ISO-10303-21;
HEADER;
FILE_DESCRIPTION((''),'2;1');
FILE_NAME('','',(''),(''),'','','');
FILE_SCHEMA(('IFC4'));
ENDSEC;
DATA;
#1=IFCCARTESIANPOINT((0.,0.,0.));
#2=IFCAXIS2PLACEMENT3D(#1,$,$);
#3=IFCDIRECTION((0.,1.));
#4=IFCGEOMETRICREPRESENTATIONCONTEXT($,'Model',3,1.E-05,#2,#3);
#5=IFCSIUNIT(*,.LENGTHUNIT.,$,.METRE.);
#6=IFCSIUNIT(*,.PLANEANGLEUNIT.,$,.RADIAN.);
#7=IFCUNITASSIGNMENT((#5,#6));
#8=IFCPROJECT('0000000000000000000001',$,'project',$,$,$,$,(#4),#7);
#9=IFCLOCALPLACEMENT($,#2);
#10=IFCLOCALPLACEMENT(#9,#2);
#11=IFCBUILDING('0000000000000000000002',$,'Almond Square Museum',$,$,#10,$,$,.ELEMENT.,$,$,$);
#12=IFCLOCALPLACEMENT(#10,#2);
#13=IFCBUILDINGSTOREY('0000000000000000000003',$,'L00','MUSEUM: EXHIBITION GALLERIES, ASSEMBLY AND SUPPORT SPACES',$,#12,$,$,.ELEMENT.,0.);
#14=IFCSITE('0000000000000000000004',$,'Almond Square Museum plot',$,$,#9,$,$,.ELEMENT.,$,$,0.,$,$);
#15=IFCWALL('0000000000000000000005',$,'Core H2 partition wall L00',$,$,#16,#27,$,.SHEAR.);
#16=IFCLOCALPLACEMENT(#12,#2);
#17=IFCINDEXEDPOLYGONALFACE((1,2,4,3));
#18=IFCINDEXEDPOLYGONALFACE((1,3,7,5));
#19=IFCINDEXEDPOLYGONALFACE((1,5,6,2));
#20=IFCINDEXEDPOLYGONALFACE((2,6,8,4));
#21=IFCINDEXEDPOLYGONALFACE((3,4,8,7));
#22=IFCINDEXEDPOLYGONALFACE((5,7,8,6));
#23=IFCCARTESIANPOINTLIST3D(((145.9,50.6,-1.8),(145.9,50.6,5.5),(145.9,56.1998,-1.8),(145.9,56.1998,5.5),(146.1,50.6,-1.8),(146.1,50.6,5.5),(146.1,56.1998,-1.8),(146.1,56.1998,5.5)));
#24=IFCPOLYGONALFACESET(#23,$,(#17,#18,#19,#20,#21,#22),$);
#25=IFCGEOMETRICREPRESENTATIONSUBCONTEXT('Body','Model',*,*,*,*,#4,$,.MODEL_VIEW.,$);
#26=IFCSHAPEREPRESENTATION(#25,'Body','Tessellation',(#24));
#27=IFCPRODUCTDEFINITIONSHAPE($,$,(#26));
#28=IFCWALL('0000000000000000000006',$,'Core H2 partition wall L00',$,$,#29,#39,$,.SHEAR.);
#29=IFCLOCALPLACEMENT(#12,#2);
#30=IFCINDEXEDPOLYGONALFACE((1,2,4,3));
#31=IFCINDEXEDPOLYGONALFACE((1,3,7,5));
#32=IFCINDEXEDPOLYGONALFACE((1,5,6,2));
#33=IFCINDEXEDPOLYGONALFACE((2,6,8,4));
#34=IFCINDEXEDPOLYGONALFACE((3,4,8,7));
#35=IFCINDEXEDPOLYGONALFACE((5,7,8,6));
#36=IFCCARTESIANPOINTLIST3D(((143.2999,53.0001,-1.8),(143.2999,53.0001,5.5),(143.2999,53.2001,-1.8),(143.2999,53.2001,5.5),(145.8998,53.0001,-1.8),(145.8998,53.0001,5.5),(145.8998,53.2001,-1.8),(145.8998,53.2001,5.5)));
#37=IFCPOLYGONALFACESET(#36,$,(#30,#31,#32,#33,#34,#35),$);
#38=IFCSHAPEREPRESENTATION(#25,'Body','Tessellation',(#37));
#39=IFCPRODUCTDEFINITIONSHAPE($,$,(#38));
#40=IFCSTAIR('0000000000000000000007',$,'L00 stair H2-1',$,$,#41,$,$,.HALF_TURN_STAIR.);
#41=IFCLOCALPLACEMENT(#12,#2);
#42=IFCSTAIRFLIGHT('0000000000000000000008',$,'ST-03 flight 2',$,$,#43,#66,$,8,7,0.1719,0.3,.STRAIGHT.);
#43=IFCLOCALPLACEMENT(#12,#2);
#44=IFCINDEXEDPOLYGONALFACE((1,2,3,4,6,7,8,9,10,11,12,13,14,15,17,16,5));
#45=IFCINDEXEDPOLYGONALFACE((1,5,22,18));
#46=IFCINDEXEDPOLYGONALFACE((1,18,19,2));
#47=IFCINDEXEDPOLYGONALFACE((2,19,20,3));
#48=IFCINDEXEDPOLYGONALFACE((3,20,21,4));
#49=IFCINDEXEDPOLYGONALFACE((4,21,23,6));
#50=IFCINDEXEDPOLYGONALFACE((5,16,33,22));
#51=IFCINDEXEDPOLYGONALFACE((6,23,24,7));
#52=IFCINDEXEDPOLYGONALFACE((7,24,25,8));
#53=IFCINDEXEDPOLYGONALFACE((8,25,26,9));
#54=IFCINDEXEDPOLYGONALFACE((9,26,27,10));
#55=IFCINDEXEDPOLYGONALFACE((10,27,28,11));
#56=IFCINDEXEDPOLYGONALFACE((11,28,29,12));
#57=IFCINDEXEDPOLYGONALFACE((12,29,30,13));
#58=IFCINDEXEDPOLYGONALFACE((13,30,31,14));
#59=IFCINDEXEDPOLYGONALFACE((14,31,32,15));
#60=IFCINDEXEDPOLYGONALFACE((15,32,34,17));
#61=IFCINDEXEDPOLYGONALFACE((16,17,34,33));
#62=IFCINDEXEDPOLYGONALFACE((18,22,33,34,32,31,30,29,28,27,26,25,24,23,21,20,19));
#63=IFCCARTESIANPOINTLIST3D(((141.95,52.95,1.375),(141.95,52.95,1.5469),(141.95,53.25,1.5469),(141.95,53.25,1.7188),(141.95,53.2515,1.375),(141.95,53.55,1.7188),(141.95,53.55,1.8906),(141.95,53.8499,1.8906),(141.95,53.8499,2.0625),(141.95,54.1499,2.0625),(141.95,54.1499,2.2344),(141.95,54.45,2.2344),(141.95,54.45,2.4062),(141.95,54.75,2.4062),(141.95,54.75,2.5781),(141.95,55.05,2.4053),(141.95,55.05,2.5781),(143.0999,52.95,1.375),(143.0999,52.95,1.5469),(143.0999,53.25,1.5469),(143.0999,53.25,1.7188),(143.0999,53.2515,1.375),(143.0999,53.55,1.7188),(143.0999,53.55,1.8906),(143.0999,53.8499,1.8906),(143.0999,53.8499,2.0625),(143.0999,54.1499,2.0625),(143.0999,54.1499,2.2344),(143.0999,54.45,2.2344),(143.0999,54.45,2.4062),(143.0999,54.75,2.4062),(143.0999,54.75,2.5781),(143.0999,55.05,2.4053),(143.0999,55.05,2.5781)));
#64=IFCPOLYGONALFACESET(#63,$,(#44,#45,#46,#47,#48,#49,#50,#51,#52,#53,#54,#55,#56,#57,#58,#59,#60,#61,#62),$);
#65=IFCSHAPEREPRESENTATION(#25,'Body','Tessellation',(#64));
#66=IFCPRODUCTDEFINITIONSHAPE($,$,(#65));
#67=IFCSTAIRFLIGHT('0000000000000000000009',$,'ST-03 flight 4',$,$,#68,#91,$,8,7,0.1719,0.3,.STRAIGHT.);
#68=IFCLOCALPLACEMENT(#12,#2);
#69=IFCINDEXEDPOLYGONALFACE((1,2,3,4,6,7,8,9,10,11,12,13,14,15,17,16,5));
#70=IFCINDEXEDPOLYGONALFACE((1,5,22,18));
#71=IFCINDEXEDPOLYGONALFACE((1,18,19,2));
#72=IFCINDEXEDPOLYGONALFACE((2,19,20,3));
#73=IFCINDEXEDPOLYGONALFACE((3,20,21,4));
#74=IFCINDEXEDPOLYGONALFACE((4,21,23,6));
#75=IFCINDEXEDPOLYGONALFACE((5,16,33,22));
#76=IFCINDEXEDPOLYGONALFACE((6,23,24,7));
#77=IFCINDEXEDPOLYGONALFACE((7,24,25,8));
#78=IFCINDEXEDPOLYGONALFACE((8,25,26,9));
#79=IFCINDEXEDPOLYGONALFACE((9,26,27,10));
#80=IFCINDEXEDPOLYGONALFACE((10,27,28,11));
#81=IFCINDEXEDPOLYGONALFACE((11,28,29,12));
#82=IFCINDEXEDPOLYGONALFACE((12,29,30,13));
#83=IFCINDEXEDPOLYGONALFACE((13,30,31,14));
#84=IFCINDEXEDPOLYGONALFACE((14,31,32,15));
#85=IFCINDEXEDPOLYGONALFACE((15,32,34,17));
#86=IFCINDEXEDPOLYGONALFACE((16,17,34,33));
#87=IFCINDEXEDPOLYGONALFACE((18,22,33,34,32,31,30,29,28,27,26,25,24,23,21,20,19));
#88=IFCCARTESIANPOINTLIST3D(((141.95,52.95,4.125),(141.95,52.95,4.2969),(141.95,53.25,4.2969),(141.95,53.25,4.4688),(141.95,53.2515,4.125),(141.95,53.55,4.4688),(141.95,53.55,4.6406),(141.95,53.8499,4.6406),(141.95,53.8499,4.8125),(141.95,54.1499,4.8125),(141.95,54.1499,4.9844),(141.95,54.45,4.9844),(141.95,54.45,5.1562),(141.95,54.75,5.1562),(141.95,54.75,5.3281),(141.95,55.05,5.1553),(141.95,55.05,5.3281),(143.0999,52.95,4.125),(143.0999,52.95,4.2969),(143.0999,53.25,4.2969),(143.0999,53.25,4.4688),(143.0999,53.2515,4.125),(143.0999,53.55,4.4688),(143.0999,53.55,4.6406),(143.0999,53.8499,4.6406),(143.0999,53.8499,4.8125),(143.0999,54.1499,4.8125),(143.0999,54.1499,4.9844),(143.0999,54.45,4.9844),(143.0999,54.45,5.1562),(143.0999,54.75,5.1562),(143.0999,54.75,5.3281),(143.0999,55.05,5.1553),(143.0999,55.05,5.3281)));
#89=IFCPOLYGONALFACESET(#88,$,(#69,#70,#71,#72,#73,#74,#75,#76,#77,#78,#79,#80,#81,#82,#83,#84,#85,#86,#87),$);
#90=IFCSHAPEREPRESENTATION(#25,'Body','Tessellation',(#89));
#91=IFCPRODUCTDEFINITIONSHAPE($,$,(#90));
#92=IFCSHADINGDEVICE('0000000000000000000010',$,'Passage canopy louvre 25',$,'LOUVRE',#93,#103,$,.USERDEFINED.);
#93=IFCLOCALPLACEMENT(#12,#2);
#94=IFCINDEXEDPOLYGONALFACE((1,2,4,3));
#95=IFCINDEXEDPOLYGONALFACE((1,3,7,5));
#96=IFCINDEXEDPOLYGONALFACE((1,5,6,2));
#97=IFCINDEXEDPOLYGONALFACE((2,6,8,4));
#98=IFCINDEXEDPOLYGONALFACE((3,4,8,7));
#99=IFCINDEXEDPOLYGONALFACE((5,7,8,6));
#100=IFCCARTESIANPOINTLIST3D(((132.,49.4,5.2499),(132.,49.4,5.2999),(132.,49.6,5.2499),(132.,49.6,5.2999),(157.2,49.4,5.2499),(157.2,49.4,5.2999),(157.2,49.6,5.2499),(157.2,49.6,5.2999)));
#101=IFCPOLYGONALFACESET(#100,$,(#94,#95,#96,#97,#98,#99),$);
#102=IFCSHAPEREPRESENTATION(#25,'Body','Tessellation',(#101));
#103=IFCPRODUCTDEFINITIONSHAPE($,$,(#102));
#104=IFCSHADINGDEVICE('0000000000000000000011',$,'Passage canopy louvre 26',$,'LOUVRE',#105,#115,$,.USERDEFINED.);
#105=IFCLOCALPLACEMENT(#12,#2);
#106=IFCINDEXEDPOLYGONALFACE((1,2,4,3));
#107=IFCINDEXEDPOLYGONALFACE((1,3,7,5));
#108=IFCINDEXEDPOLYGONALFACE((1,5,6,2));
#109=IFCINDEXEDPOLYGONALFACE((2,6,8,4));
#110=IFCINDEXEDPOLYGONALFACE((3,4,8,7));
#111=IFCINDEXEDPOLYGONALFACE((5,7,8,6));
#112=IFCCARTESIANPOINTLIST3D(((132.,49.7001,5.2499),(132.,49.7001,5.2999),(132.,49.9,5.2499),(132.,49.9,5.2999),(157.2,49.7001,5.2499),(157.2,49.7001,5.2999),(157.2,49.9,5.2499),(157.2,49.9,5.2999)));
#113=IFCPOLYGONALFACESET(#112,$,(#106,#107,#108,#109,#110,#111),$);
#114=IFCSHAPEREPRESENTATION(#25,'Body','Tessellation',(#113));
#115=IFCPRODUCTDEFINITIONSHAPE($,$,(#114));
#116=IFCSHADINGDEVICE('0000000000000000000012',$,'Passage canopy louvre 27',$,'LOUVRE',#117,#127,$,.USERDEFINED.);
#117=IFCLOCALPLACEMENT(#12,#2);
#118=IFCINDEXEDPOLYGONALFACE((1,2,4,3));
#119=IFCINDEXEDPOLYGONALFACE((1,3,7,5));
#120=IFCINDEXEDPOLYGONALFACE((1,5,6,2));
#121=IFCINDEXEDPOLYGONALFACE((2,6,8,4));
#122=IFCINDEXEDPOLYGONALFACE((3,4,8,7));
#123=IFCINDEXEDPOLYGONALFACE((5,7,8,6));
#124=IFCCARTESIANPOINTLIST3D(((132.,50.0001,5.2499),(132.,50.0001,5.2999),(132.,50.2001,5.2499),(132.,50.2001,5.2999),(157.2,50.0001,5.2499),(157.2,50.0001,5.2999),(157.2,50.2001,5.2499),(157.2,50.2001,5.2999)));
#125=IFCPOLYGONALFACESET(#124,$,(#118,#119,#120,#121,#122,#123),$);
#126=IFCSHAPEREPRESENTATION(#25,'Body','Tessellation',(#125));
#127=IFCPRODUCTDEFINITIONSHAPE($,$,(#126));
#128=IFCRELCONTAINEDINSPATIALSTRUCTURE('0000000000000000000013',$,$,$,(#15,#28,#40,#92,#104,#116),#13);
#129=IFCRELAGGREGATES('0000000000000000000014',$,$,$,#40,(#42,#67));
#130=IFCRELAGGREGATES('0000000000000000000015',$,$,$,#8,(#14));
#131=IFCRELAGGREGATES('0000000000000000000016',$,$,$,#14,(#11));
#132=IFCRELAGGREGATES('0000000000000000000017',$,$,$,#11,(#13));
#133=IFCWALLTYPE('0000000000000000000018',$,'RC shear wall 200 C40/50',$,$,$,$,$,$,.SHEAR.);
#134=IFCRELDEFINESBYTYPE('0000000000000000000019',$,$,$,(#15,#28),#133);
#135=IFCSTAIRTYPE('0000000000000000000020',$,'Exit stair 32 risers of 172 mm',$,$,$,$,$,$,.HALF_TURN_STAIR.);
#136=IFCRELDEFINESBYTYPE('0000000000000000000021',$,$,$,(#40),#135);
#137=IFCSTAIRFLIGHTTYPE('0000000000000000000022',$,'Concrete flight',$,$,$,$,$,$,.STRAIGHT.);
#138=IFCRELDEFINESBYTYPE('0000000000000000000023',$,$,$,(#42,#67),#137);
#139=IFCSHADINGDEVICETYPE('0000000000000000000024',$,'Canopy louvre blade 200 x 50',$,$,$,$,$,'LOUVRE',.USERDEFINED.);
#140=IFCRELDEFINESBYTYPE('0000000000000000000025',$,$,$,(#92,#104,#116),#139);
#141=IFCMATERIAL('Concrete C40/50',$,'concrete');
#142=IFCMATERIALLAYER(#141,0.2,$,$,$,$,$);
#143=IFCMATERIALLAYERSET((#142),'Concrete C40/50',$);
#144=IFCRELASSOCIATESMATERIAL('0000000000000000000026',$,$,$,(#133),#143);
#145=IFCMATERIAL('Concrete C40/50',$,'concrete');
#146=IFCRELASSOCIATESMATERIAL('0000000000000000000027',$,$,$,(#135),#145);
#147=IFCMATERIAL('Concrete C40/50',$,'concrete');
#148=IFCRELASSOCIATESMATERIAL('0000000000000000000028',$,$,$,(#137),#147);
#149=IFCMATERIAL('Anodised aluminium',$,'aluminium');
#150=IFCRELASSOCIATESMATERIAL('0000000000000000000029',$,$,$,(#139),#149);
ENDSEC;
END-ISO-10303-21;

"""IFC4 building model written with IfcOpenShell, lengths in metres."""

from ifc_helpers import new_model, si_unit, direction, frame, frame_2d, origin, origin_2d, place, context, subcontext, project, spatial, polyline, rectangle, outline, extrude, material, layer, layer_set, material_profile, profile_set, type_object, element, aggregate, save


model = new_model("IFC4")

# Units and contexts
model_context = context("Model", 3, precision=1e-05, world=origin(), true_north=direction((0.0, 1.0)))
body_context = subcontext(model_context, "Body", "Model", "MODEL_VIEW")
ifc_project = project(units=[si_unit("LENGTHUNIT", "METRE"), si_unit("PLANEANGLEUNIT", "RADIAN")], contexts=[model_context])

# Site, building, storey
site_placement = place(None, origin())
site = spatial("IfcSite", under=ifc_project, at=site_placement, Name="Almond Square Museum plot", CompositionType="ELEMENT", RefElevation=0.0)
building_placement = place(site_placement, origin())
building = spatial("IfcBuilding", under=site, at=building_placement, Name="Almond Square Museum", CompositionType="ELEMENT")
storey_placement = place(building_placement, origin())
storey = spatial("IfcBuildingStorey", under=building, at=storey_placement, Name="L00", Description="MUSEUM: EXHIBITION GALLERIES, ASSEMBLY AND SUPPORT SPACES", CompositionType="ELEMENT", Elevation=0.0)

# Walls
ifc_material_1 = material(Name="Concrete C40/50", Category="concrete")
ifc_layer_1 = layer(ifc_material_1, 0.2)
ifc_layer_set_1 = layer_set([ifc_layer_1], Name="Concrete C40/50")
wall_type_1 = type_object("IfcWallType", Name="RC shear wall 200 C40/50", PredefinedType="SHEAR", material=ifc_layer_set_1)
for number, where, z_axis, x_axis, name in (
    (1, (146.0, 50.6001, -1.8), (0.0, 0.0, 1.0), (0.0, 1.0, 0.0), "Core H2 partition wall L00"),
):
    element("IfcWall", number, at=place(storey_placement, frame(where, z_axis=z_axis, x_axis=x_axis)), inside=storey, type_object=wall_type_1, Name=name, PredefinedType="SHEAR", context=body_context, shape_type="SweptSolid", body=[
        extrude(rectangle(XDim=5.5999, YDim=0.2, at=frame_2d((2.7998, 0.0))), origin(), (0.0, 0.0, 1.0), 7.3),
    ])
wall_1_placement = place(storey_placement, frame((143.3, 53.1001, -1.8), z_axis=(0.0, 0.0, 1.0), x_axis=(1.0, 0.0, 0.0)))
element("IfcWall", 2, at=wall_1_placement, inside=storey, type_object=wall_type_1, Name="Core H2 partition wall L00", PredefinedType="SHEAR", context=body_context, shape_type="SweptSolid", body=[
    extrude(rectangle(XDim=2.5999, YDim=0.2, at=frame_2d((1.2998, 0.0))), origin(), (0.0, 0.0, 1.0), 7.3),
])

# Stair, stair flights
ifc_material_2 = material(Name="Concrete C40/50", Category="concrete")
stair_type = type_object("IfcStairType", Name="Exit stair 32 risers of 172 mm", PredefinedType="HALF_TURN_STAIR", material=ifc_material_2)
stair_placement = place(storey_placement, origin())
stair = element("IfcStair", 3, at=stair_placement, inside=storey, type_object=stair_type, Name="L00 stair H2-1", PredefinedType="HALF_TURN_STAIR")
ifc_material_3 = material(Name="Concrete C40/50", Category="concrete")
stair_flight_type = type_object("IfcStairFlightType", Name="Concrete flight", PredefinedType="STRAIGHT", material=ifc_material_3)
stair_flight_1_placement = place(storey_placement, frame((142.5249, 52.95, 1.375), z_axis=(0.0, 0.0, 1.0), x_axis=(0.0, 1.0, 0.0)))
stair_flight_1 = element("IfcStairFlight", 4, at=stair_flight_1_placement, type_object=stair_flight_type, Name="ST-03 flight 2", NumberOfRisers=8, NumberOfTreads=7, PredefinedType="STRAIGHT", RiserHeight=0.1719, TreadLength=0.3, context=body_context, shape_type="SweptSolid", body=[
    extrude(outline(polyline([(0.0, 0.0), (0.0, 0.1719), (0.3, 0.1719), (0.3, 0.3438), (0.6001, 0.3438), (0.6001, 0.5156), (0.8999, 0.5156), (0.8999, 0.6875), (1.2, 0.6875), (1.2, 0.8594), (1.5, 0.8594), (1.5, 1.0312), (1.8, 1.0312), (1.8, 1.2031), (2.1001, 1.2031), (2.1001, 1.375), (2.1001, 1.0303), (0.3015, 0.0), (0.0, 0.0)])), frame((0.0, 0.575, 0.0), z_axis=(0.0, -1.0, 0.0), x_axis=(1.0, 0.0, 0.0)), (0.0, 0.0, 1.0), 1.1499),
])
stair_flight_2_placement = place(storey_placement, frame((142.5249, 52.95, 4.125), z_axis=(0.0, 0.0, 1.0), x_axis=(0.0, 1.0, 0.0)))
stair_flight_2 = element("IfcStairFlight", 5, at=stair_flight_2_placement, type_object=stair_flight_type, Name="ST-03 flight 4", NumberOfRisers=8, NumberOfTreads=7, PredefinedType="STRAIGHT", RiserHeight=0.1719, TreadLength=0.3, context=body_context, shape_type="SweptSolid", body=[
    extrude(outline(polyline([(0.0, 0.0), (0.0, 0.1719), (0.3, 0.1719), (0.3, 0.3438), (0.6001, 0.3438), (0.6001, 0.5156), (0.8999, 0.5156), (0.8999, 0.6875), (1.2, 0.6875), (1.2, 0.8594), (1.5, 0.8594), (1.5, 1.0312), (1.8, 1.0312), (1.8, 1.2031), (2.1001, 1.2031), (2.1001, 1.375), (2.1001, 1.0303), (0.3015, 0.0), (0.0, 0.0)])), frame((0.0, 0.575, 0.0), z_axis=(0.0, -1.0, 0.0), x_axis=(1.0, 0.0, 0.0)), (0.0, 0.0, 1.0), 1.1499),
])
aggregate(stair, [stair_flight_1, stair_flight_2])

# Shading devices
ifc_material_4 = material(Name="Anodised aluminium", Category="aluminium")
ifc_material_profile_1 = material_profile(ifc_material_4, rectangle(XDim=0.2, YDim=0.05, at=origin_2d()))
ifc_profile_set_1 = profile_set([ifc_material_profile_1], Name="Anodised aluminium")
shading_device_type = type_object("IfcShadingDeviceType", Name="Canopy louvre blade 200 x 50", ElementType="LOUVRE", PredefinedType="USERDEFINED", material=ifc_profile_set_1)
for number, where, z_axis, x_axis, name in (
    (6, (132.0, 49.5, 5.2749), (1.0, 0.0, 0.0), (0.0, 1.0, 0.0), "Passage canopy louvre 25"),
    (7, (132.0, 49.8, 5.2749), (1.0, 0.0, 0.0), (0.0, 1.0, 0.0), "Passage canopy louvre 26"),
    (8, (132.0, 50.1001, 5.2749), (1.0, 0.0, 0.0), (0.0, 1.0, 0.0), "Passage canopy louvre 27"),
):
    element("IfcShadingDevice", number, at=place(storey_placement, frame(where, z_axis=z_axis, x_axis=x_axis)), inside=storey, type_object=shading_device_type, Name=name, ObjectType="LOUVRE", PredefinedType="USERDEFINED", context=body_context, shape_type="SweptSolid", body=[
        extrude(rectangle(XDim=0.2, YDim=0.05, at=origin_2d()), origin(), (0.0, 0.0, 1.0), 25.2),
    ])

save(model, "model.ifc")
